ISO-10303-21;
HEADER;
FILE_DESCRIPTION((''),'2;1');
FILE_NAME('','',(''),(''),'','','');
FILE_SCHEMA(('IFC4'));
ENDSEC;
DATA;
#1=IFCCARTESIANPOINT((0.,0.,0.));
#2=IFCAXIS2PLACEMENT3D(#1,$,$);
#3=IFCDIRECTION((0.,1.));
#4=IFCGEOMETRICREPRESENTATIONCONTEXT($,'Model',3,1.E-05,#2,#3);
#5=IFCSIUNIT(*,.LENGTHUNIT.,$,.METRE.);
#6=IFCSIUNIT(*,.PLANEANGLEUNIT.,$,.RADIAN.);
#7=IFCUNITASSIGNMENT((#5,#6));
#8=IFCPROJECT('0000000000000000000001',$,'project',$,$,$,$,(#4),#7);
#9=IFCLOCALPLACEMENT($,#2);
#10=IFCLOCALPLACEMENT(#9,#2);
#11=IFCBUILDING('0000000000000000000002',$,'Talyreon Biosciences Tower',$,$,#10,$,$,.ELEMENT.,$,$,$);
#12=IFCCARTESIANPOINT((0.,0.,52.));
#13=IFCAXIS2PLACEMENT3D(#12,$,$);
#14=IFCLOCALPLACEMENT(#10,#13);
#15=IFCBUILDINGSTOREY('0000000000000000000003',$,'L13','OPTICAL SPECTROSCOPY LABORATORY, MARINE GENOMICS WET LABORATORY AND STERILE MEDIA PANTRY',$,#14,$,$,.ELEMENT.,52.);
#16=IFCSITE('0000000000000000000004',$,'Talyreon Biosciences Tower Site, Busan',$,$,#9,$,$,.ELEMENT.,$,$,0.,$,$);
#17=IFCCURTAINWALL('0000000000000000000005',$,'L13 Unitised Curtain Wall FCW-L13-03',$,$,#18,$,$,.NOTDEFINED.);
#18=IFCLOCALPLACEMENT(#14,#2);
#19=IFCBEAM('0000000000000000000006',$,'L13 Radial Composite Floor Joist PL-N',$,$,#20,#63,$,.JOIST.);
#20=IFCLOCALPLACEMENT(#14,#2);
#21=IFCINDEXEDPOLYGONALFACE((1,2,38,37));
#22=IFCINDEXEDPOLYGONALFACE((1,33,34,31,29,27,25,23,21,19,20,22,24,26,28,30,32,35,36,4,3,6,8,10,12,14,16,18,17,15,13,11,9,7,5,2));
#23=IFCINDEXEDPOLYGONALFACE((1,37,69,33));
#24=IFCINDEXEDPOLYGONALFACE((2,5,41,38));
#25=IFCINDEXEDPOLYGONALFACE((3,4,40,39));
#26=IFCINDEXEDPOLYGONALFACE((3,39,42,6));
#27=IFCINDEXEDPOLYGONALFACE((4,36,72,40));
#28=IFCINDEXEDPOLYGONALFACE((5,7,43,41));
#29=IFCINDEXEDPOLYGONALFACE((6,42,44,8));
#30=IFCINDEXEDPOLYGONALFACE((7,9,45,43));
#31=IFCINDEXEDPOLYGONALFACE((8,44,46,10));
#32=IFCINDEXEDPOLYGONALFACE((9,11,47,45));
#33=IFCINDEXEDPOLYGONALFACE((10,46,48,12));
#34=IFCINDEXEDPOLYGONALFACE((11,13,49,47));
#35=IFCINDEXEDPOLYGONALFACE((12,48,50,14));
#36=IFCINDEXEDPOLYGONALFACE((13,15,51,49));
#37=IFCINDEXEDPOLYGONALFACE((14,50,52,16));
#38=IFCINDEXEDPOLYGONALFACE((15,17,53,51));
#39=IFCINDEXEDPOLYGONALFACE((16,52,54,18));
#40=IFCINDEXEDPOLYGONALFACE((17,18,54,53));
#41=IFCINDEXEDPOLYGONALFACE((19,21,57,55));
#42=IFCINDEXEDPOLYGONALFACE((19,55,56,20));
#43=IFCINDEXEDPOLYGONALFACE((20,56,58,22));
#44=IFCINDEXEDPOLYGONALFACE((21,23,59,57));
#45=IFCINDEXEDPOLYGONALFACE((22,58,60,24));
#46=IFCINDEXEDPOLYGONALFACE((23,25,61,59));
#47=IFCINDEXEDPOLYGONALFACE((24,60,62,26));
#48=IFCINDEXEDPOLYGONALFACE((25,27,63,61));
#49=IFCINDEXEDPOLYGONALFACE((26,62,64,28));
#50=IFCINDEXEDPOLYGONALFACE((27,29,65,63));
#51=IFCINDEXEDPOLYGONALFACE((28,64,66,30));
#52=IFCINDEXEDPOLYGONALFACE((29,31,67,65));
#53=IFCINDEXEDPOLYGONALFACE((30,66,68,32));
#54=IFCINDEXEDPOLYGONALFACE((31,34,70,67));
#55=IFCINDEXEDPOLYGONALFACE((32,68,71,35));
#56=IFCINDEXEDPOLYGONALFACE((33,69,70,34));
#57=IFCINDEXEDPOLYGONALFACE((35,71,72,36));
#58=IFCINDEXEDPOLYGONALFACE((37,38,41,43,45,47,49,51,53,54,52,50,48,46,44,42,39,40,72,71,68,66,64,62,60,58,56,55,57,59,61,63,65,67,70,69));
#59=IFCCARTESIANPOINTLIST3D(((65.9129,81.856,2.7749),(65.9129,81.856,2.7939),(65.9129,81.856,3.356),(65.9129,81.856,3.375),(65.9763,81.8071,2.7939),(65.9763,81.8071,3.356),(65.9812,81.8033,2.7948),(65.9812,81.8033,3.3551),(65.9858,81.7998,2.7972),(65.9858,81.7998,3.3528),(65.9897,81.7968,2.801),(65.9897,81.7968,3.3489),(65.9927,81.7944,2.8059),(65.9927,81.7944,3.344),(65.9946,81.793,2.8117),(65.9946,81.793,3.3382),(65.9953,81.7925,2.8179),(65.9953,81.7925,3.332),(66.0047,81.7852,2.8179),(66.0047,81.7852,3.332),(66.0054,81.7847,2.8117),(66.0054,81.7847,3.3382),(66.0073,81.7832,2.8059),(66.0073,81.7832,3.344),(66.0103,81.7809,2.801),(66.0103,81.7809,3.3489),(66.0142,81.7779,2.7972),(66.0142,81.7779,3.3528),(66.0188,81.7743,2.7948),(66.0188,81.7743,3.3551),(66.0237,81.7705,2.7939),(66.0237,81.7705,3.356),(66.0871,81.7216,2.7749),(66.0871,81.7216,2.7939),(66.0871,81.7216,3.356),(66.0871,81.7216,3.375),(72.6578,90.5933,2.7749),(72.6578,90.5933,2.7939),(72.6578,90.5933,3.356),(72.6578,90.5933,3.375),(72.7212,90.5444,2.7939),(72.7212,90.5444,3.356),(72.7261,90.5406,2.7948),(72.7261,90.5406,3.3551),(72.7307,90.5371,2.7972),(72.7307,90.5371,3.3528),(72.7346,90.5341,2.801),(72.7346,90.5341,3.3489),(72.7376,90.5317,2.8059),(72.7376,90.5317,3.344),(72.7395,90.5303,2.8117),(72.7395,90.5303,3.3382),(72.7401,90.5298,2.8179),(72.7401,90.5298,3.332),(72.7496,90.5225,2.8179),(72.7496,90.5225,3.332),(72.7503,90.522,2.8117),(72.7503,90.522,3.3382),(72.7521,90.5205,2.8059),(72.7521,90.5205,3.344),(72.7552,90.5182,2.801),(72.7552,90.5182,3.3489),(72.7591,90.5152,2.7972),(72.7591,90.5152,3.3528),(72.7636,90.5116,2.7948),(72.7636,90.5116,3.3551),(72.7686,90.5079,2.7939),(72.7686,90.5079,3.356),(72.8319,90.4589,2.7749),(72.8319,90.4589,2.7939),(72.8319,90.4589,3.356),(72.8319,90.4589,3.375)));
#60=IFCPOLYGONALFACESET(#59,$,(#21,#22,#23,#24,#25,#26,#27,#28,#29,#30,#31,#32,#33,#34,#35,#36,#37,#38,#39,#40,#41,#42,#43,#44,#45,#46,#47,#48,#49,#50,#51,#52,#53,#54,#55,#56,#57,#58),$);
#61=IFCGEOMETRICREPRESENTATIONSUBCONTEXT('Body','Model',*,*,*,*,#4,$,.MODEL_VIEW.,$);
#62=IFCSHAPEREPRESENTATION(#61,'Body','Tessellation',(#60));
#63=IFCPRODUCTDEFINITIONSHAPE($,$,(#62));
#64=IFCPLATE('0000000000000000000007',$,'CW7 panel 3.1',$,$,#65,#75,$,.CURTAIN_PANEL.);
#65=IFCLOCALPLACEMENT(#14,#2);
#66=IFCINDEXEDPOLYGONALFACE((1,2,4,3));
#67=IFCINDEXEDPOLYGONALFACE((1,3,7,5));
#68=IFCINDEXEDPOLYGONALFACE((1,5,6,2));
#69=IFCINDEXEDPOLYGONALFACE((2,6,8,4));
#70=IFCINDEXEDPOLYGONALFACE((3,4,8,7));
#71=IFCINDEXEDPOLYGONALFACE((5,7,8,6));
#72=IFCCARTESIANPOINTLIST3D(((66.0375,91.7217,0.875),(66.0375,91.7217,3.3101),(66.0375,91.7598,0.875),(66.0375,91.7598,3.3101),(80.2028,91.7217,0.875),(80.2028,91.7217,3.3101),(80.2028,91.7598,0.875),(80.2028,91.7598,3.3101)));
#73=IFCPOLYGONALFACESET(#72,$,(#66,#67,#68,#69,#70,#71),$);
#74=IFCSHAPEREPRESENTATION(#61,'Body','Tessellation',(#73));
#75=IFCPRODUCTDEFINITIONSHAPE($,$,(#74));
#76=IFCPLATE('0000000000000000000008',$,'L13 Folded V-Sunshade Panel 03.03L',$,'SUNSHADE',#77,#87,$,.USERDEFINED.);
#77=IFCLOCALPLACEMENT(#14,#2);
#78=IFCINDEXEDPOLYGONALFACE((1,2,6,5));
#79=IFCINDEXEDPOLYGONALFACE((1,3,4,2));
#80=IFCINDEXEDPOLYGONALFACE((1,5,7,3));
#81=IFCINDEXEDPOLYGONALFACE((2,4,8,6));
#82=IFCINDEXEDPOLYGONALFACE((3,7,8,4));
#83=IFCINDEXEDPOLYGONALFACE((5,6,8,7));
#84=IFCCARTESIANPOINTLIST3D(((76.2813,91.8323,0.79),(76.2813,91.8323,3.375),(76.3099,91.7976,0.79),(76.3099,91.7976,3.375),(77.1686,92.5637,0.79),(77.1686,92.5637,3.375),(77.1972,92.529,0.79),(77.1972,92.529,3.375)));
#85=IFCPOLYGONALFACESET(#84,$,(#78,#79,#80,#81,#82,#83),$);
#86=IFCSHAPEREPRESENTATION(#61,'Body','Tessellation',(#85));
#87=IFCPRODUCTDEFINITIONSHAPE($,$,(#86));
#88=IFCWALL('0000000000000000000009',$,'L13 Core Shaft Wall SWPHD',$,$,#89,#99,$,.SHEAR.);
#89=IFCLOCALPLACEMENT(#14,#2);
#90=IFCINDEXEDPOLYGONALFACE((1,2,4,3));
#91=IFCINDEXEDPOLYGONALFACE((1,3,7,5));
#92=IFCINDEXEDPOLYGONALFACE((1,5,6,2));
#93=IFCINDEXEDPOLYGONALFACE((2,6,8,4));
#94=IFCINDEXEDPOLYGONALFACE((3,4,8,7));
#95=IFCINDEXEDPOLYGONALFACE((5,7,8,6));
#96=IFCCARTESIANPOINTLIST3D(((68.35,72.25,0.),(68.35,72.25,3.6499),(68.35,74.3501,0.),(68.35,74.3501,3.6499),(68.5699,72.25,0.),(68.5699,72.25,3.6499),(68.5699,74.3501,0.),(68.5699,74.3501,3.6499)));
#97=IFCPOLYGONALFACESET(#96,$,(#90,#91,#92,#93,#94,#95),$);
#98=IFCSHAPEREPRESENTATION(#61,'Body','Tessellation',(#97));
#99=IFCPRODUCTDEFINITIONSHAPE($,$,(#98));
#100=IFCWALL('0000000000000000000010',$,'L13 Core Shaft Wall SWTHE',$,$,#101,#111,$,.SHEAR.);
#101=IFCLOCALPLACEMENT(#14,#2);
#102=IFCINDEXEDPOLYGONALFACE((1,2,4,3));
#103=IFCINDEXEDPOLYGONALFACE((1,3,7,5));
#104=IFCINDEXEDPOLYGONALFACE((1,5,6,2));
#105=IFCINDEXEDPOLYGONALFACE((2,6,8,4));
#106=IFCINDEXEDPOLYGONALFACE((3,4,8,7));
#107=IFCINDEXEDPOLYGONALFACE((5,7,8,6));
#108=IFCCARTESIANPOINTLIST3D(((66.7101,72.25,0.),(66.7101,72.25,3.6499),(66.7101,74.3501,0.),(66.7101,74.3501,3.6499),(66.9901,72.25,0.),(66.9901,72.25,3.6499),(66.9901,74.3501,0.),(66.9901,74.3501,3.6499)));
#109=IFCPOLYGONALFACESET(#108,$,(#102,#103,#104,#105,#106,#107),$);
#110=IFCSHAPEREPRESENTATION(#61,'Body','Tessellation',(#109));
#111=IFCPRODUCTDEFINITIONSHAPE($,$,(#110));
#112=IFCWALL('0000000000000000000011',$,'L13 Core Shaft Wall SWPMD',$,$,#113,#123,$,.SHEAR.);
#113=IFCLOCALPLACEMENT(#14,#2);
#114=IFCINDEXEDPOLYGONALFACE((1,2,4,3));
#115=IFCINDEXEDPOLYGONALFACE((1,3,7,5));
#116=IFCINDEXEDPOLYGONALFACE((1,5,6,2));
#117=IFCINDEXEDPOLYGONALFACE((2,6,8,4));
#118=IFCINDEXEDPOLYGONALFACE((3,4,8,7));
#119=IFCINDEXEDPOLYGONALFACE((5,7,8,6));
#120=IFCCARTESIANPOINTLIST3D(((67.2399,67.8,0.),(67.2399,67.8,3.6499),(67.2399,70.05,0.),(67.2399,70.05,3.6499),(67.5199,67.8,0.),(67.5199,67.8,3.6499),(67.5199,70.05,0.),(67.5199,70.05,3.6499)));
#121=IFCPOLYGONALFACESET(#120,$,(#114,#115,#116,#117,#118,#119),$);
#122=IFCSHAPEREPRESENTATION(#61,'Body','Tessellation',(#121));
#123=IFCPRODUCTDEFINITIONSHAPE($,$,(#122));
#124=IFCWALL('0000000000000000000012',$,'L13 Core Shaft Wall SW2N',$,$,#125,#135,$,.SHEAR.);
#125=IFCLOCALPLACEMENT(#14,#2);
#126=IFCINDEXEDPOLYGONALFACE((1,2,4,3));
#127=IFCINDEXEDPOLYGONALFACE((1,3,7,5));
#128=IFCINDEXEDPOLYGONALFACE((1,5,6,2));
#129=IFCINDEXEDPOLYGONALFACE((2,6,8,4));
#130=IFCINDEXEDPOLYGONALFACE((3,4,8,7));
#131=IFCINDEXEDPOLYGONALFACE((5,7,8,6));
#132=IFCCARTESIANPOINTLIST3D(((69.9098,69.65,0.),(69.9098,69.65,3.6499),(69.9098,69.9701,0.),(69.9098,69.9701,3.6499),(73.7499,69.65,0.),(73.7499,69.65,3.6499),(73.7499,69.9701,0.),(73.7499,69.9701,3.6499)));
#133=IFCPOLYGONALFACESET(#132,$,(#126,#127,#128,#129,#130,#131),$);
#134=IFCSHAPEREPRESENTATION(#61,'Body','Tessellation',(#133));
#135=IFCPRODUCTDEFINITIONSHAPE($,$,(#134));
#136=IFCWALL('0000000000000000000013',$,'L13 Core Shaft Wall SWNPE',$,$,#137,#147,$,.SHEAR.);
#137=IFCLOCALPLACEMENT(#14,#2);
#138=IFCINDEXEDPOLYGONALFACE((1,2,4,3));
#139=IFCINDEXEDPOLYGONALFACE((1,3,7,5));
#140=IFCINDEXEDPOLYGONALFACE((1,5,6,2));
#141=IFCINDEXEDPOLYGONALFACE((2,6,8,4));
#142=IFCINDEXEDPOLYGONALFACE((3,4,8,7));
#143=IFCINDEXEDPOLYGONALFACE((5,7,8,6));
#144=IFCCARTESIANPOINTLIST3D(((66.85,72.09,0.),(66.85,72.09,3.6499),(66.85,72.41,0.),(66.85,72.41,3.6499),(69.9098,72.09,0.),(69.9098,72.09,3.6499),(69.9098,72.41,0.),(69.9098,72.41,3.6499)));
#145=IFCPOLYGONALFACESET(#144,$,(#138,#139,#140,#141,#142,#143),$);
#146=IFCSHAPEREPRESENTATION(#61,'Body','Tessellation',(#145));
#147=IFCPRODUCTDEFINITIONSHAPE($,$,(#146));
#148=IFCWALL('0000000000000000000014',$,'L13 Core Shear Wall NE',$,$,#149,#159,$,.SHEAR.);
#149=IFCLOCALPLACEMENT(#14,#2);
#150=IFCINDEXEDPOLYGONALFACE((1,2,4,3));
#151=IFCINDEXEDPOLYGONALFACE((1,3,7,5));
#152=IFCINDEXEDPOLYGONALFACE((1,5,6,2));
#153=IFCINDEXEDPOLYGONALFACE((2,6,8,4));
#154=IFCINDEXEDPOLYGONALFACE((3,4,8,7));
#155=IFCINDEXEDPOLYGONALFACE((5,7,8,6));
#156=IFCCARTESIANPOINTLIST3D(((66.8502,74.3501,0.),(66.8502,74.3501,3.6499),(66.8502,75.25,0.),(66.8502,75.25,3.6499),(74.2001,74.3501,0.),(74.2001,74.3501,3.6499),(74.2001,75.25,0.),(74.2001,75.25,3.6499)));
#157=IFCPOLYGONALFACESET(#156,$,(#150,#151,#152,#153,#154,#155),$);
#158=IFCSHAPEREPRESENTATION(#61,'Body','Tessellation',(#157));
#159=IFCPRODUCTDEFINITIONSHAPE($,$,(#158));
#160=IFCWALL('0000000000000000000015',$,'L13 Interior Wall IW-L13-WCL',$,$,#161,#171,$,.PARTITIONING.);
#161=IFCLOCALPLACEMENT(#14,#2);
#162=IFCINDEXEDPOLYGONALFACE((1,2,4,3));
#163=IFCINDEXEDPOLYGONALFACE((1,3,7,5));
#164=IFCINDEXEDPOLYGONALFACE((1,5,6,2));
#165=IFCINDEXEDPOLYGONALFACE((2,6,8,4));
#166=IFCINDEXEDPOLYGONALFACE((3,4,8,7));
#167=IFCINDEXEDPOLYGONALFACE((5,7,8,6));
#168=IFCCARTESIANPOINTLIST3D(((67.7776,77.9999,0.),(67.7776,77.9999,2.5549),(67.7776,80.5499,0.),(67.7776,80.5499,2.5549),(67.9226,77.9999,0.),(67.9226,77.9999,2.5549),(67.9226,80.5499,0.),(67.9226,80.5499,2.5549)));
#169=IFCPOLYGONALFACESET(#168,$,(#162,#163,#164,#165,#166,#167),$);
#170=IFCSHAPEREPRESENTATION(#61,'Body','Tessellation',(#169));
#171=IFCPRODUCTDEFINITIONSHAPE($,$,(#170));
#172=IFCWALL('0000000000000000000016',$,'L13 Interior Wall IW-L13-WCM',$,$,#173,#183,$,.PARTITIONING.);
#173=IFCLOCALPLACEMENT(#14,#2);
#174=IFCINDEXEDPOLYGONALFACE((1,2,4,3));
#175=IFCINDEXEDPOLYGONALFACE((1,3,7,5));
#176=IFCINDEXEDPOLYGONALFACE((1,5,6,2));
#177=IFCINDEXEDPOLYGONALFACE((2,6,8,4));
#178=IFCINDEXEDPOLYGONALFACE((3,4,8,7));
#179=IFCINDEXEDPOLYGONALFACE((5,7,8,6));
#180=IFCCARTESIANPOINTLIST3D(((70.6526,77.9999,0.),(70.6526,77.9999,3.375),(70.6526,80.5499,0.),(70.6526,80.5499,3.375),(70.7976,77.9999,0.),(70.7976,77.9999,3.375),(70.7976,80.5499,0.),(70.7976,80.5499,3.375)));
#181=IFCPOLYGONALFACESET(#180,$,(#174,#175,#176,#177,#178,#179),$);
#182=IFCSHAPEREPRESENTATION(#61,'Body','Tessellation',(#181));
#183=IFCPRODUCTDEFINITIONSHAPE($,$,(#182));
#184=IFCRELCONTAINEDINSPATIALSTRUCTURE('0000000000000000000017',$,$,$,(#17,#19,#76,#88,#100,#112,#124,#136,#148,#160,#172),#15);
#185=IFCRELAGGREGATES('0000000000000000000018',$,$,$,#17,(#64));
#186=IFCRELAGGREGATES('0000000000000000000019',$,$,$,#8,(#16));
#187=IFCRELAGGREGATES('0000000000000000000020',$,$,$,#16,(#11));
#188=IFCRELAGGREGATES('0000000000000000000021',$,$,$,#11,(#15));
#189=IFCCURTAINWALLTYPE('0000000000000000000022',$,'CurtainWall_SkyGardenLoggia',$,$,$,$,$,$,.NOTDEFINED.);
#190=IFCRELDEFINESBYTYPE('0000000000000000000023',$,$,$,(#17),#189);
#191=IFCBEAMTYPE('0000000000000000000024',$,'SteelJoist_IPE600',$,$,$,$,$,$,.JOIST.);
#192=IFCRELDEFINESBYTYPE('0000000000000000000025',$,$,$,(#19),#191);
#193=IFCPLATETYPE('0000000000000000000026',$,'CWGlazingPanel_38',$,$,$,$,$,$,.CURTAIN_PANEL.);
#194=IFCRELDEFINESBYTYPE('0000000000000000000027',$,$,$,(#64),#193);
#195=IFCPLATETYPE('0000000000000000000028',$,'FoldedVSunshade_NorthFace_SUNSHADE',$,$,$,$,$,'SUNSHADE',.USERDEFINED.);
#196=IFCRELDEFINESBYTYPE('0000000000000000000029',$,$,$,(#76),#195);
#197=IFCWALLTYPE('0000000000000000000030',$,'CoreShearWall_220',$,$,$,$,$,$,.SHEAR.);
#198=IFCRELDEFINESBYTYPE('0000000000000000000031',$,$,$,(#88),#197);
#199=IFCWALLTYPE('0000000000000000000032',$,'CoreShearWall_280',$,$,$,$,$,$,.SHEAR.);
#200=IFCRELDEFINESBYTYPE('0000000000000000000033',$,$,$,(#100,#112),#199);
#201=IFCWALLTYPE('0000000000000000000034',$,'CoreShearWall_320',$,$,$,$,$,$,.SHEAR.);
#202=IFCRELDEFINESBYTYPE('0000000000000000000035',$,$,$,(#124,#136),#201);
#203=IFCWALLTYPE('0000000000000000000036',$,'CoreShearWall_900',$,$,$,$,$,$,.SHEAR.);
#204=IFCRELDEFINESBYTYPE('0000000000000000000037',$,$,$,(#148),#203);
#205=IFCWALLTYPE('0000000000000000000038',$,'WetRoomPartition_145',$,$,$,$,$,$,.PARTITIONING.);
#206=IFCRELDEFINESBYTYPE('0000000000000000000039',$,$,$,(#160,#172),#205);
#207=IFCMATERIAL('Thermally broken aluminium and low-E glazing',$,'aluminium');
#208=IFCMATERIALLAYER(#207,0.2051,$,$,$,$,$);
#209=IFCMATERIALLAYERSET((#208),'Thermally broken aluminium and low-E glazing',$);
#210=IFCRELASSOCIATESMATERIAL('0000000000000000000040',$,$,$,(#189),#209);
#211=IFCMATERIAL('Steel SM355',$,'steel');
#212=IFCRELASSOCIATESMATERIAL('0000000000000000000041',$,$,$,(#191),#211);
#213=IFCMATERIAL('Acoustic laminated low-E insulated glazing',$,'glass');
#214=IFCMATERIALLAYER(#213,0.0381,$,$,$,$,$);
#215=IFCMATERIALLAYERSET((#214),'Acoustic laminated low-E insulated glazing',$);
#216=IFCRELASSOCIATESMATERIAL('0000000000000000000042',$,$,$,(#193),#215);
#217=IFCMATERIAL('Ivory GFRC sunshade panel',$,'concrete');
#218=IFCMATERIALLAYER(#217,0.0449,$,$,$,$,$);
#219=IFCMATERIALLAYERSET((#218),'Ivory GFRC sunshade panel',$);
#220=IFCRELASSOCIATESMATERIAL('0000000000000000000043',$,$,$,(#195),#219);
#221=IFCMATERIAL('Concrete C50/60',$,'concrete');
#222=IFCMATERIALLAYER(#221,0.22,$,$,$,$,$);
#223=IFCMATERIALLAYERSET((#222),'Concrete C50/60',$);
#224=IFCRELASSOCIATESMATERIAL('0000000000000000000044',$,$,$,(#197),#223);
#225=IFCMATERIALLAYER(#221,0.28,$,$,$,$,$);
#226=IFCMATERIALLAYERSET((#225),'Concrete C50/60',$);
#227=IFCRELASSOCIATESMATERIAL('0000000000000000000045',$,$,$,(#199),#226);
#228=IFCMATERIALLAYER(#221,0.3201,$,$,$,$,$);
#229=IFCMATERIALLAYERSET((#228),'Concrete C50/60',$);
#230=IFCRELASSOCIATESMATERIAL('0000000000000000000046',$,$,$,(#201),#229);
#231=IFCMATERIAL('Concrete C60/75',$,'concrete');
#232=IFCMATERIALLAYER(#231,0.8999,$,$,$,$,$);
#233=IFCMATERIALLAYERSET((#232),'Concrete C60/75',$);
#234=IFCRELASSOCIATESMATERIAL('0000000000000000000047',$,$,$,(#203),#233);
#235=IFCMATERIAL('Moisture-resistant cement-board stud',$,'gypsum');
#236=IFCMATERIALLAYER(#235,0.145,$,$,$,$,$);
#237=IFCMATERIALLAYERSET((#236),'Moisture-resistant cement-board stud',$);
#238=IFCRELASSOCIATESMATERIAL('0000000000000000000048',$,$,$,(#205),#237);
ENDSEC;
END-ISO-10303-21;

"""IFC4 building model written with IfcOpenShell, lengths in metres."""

from ifc_helpers import new_model, si_unit, direction, frame, frame_2d, origin, origin_2d, place, context, subcontext, project, spatial, rectangle, i_section, extrude, material, layer, layer_set, material_profile, profile_set, type_object, element, aggregate, save


model = new_model("IFC4")

# Units and contexts
model_context = context("Model", 3, precision=1e-05, world=origin(), true_north=direction((0.0, 1.0)))
body_context = subcontext(model_context, "Body", "Model", "MODEL_VIEW")
ifc_project = project(units=[si_unit("LENGTHUNIT", "METRE"), si_unit("PLANEANGLEUNIT", "RADIAN")], contexts=[model_context])

# Site, building, storey
site_placement = place(None, origin())
site = spatial("IfcSite", under=ifc_project, at=site_placement, Name="Talyreon Biosciences Tower Site, Busan", CompositionType="ELEMENT", RefElevation=0.0)
building_placement = place(site_placement, origin())
building = spatial("IfcBuilding", under=site, at=building_placement, Name="Talyreon Biosciences Tower", CompositionType="ELEMENT")
storey_placement = place(building_placement, frame((0.0, 0.0, 52.0)))
storey = spatial("IfcBuildingStorey", under=building, at=storey_placement, Name="L13", Description="OPTICAL SPECTROSCOPY LABORATORY, MARINE GENOMICS WET LABORATORY AND STERILE MEDIA PANTRY", CompositionType="ELEMENT", Elevation=52.0)

# Shared definitions
ifc_material_1 = material(Name="Concrete C60/75", Category="concrete")

# Curtain wall
ifc_material_2 = material(Name="Thermally broken aluminium and low-E glazing", Category="aluminium")
ifc_layer_1 = layer(ifc_material_2, 0.2051)
ifc_layer_set_1 = layer_set([ifc_layer_1], Name="Thermally broken aluminium and low-E glazing")
curtain_wall_type = type_object("IfcCurtainWallType", Name="CurtainWall_SkyGardenLoggia", PredefinedType="NOTDEFINED", material=ifc_layer_set_1)
curtain_wall_placement = place(storey_placement, origin())
curtain_wall = element("IfcCurtainWall", 1, at=curtain_wall_placement, inside=storey, type_object=curtain_wall_type, Name="L13 Unitised Curtain Wall FCW-L13-03", PredefinedType="NOTDEFINED")

# Beam
ifc_material_3 = material(Name="Steel SM355", Category="steel")
ifc_material_profile_1 = material_profile(ifc_material_3, i_section(OverallWidth=0.22, OverallDepth=0.6001, WebThickness=0.012, FlangeThickness=0.019, FilletRadius=0.0239, at=origin_2d()), Name="IPE600")
ifc_profile_set_1 = profile_set([ifc_material_profile_1], Name="Steel SM355")
beam_type_1 = type_object("IfcBeamType", Name="SteelJoist_IPE600", PredefinedType="JOIST", material=ifc_profile_set_1)
beam_1_placement = place(storey_placement, frame((66.0, 81.7888, 3.075), z_axis=(0.611068, 0.791578, 0.0), x_axis=(-0.791578, 0.611068, 0.0)))
element("IfcBeam", 2, at=beam_1_placement, inside=storey, type_object=beam_type_1, Name="L13 Radial Composite Floor Joist PL-N", PredefinedType="JOIST", context=body_context, shape_type="SweptSolid", body=[
    extrude(i_section(OverallWidth=0.22, OverallDepth=0.6001, WebThickness=0.012, FlangeThickness=0.019, FilletRadius=0.0239, at=origin_2d()), origin(), (0.0, 0.0, 1.0), 11.0378),
])

# Plates
ifc_material_4 = material(Name="Acoustic laminated low-E insulated glazing", Category="glass")
ifc_layer_2 = layer(ifc_material_4, 0.0381)
ifc_layer_set_2 = layer_set([ifc_layer_2], Name="Acoustic laminated low-E insulated glazing")
plate_type_1 = type_object("IfcPlateType", Name="CWGlazingPanel_38", PredefinedType="CURTAIN_PANEL", material=ifc_layer_set_2)
plate_1_placement = place(storey_placement, frame((73.1201, 91.7407, 0.875), z_axis=(0.0, 0.0, 1.0), x_axis=(1.0, 0.0, 0.0)))
plate_1 = element("IfcPlate", 3, at=plate_1_placement, type_object=plate_type_1, Name="CW7 panel 3.1", PredefinedType="CURTAIN_PANEL", context=body_context, shape_type="SweptSolid", body=[
    extrude(rectangle(XDim=14.1653, YDim=0.0381, at=origin_2d()), origin(), (0.0, 0.0, 1.0), 2.4351),
])
aggregate(curtain_wall, [plate_1])
ifc_material_5 = material(Name="Ivory GFRC sunshade panel", Category="concrete")
ifc_layer_3 = layer(ifc_material_5, 0.0449)
ifc_layer_set_3 = layer_set([ifc_layer_3], Name="Ivory GFRC sunshade panel")
plate_type_2 = type_object("IfcPlateType", Name="FoldedVSunshade_NorthFace_SUNSHADE", ElementType="SUNSHADE", PredefinedType="USERDEFINED", material=ifc_layer_set_3)
plate_2_placement = place(storey_placement, frame((76.7393, 92.1807, 0.79), z_axis=(0.0, 0.0, 1.0), x_axis=(0.771625, 0.636078, 0.0)))
element("IfcPlate", 4, at=plate_2_placement, inside=storey, type_object=plate_type_2, Name="L13 Folded V-Sunshade Panel 03.03L", ObjectType="SUNSHADE", PredefinedType="USERDEFINED", context=body_context, shape_type="SweptSolid", body=[
    extrude(rectangle(XDim=1.1499, YDim=0.0449, at=origin_2d()), origin(), (0.0, 0.0, 1.0), 2.585),
])

# Walls
ifc_material_6 = material(Name="Concrete C50/60", Category="concrete")
ifc_layer_4 = layer(ifc_material_6, 0.22)
ifc_layer_set_4 = layer_set([ifc_layer_4], Name="Concrete C50/60")
wall_type_1 = type_object("IfcWallType", Name="CoreShearWall_220", PredefinedType="SHEAR", material=ifc_layer_set_4)
wall_1_placement = place(storey_placement, frame((68.46, 72.25, 0.0), z_axis=(0.0, 0.0, 1.0), x_axis=(0.0, 1.0, 0.0)))
element("IfcWall", 5, at=wall_1_placement, inside=storey, type_object=wall_type_1, Name="L13 Core Shaft Wall SWPHD", PredefinedType="SHEAR", context=body_context, shape_type="SweptSolid", body=[
    extrude(rectangle(XDim=2.1001, YDim=0.22, at=frame_2d((1.05, 0.0))), origin(), (0.0, 0.0, 1.0), 3.6499),
])
ifc_layer_5 = layer(ifc_material_6, 0.28)
ifc_layer_set_5 = layer_set([ifc_layer_5], Name="Concrete C50/60")
wall_type_2 = type_object("IfcWallType", Name="CoreShearWall_280", PredefinedType="SHEAR", material=ifc_layer_set_5)
wall_2_placement = place(storey_placement, frame((66.8501, 72.25, 0.0), z_axis=(0.0, 0.0, 1.0), x_axis=(0.0, 1.0, 0.0)))
element("IfcWall", 6, at=wall_2_placement, inside=storey, type_object=wall_type_2, Name="L13 Core Shaft Wall SWTHE", PredefinedType="SHEAR", context=body_context, shape_type="SweptSolid", body=[
    extrude(rectangle(XDim=2.1001, YDim=0.28, at=frame_2d((1.05, 0.0))), origin(), (0.0, 0.0, 1.0), 3.6499),
])
wall_3_placement = place(storey_placement, frame((67.3799, 67.8, 0.0), z_axis=(0.0, 0.0, 1.0), x_axis=(0.0, 1.0, 0.0)))
element("IfcWall", 7, at=wall_3_placement, inside=storey, type_object=wall_type_2, Name="L13 Core Shaft Wall SWPMD", PredefinedType="SHEAR", context=body_context, shape_type="SweptSolid", body=[
    extrude(rectangle(XDim=2.25, YDim=0.28, at=frame_2d((1.125, 0.0))), origin(), (0.0, 0.0, 1.0), 3.6499),
])
ifc_layer_6 = layer(ifc_material_6, 0.3201)
ifc_layer_set_6 = layer_set([ifc_layer_6], Name="Concrete C50/60")
wall_type_3 = type_object("IfcWallType", Name="CoreShearWall_320", PredefinedType="SHEAR", material=ifc_layer_set_6)
wall_4_placement = place(storey_placement, frame((69.9099, 69.8101, 0.0), z_axis=(0.0, 0.0, 1.0), x_axis=(1.0, 0.0, 0.0)))
element("IfcWall", 8, at=wall_4_placement, inside=storey, type_object=wall_type_3, Name="L13 Core Shaft Wall SW2N", PredefinedType="SHEAR", context=body_context, shape_type="SweptSolid", body=[
    extrude(rectangle(XDim=3.8401, YDim=0.3201, at=frame_2d((1.9199, 0.0))), origin(), (0.0, 0.0, 1.0), 3.6499),
])
wall_5_placement = place(storey_placement, frame((66.8501, 72.25, 0.0), z_axis=(0.0, 0.0, 1.0), x_axis=(1.0, 0.0, 0.0)))
element("IfcWall", 9, at=wall_5_placement, inside=storey, type_object=wall_type_3, Name="L13 Core Shaft Wall SWNPE", PredefinedType="SHEAR", context=body_context, shape_type="SweptSolid", body=[
    extrude(rectangle(XDim=3.0598, YDim=0.3201, at=frame_2d((1.5298, 0.0))), origin(), (0.0, 0.0, 1.0), 3.6499),
])
ifc_layer_7 = layer(ifc_material_1, 0.8999)
ifc_layer_set_7 = layer_set([ifc_layer_7], Name="Concrete C60/75")
wall_type_4 = type_object("IfcWallType", Name="CoreShearWall_900", PredefinedType="SHEAR", material=ifc_layer_set_7)
wall_6_placement = place(storey_placement, frame((74.2, 74.8, 0.0), z_axis=(0.0, 0.0, 1.0), x_axis=(-1.0, 0.0, 0.0)))
element("IfcWall", 10, at=wall_6_placement, inside=storey, type_object=wall_type_4, Name="L13 Core Shear Wall NE", PredefinedType="SHEAR", context=body_context, shape_type="SweptSolid", body=[
    extrude(rectangle(XDim=7.3499, YDim=0.8999, at=frame_2d((3.6748, 0.0))), origin(), (0.0, 0.0, 1.0), 3.6499),
])
ifc_material_7 = material(Name="Moisture-resistant cement-board stud", Category="gypsum")
ifc_layer_8 = layer(ifc_material_7, 0.145)
ifc_layer_set_8 = layer_set([ifc_layer_8], Name="Moisture-resistant cement-board stud")
wall_type_5 = type_object("IfcWallType", Name="WetRoomPartition_145", PredefinedType="PARTITIONING", material=ifc_layer_set_8)
wall_7_placement = place(storey_placement, frame((67.8501, 78.0, 0.0), z_axis=(0.0, 0.0, 1.0), x_axis=(0.0, 1.0, 0.0)))
element("IfcWall", 11, at=wall_7_placement, inside=storey, type_object=wall_type_5, Name="L13 Interior Wall IW-L13-WCL", PredefinedType="PARTITIONING", context=body_context, shape_type="SweptSolid", body=[
    extrude(rectangle(XDim=2.55, YDim=0.145, at=frame_2d((1.2749, 0.0))), origin(), (0.0, 0.0, 1.0), 2.5549),
])
wall_8_placement = place(storey_placement, frame((70.7251, 78.0, 0.0), z_axis=(0.0, 0.0, 1.0), x_axis=(0.0, 1.0, 0.0)))
element("IfcWall", 12, at=wall_8_placement, inside=storey, type_object=wall_type_5, Name="L13 Interior Wall IW-L13-WCM", PredefinedType="PARTITIONING", context=body_context, shape_type="SweptSolid", body=[
    extrude(rectangle(XDim=2.55, YDim=0.145, at=frame_2d((1.2749, 0.0))), origin(), (0.0, 0.0, 1.0), 3.375),
])

save(model, "model.ifc")
